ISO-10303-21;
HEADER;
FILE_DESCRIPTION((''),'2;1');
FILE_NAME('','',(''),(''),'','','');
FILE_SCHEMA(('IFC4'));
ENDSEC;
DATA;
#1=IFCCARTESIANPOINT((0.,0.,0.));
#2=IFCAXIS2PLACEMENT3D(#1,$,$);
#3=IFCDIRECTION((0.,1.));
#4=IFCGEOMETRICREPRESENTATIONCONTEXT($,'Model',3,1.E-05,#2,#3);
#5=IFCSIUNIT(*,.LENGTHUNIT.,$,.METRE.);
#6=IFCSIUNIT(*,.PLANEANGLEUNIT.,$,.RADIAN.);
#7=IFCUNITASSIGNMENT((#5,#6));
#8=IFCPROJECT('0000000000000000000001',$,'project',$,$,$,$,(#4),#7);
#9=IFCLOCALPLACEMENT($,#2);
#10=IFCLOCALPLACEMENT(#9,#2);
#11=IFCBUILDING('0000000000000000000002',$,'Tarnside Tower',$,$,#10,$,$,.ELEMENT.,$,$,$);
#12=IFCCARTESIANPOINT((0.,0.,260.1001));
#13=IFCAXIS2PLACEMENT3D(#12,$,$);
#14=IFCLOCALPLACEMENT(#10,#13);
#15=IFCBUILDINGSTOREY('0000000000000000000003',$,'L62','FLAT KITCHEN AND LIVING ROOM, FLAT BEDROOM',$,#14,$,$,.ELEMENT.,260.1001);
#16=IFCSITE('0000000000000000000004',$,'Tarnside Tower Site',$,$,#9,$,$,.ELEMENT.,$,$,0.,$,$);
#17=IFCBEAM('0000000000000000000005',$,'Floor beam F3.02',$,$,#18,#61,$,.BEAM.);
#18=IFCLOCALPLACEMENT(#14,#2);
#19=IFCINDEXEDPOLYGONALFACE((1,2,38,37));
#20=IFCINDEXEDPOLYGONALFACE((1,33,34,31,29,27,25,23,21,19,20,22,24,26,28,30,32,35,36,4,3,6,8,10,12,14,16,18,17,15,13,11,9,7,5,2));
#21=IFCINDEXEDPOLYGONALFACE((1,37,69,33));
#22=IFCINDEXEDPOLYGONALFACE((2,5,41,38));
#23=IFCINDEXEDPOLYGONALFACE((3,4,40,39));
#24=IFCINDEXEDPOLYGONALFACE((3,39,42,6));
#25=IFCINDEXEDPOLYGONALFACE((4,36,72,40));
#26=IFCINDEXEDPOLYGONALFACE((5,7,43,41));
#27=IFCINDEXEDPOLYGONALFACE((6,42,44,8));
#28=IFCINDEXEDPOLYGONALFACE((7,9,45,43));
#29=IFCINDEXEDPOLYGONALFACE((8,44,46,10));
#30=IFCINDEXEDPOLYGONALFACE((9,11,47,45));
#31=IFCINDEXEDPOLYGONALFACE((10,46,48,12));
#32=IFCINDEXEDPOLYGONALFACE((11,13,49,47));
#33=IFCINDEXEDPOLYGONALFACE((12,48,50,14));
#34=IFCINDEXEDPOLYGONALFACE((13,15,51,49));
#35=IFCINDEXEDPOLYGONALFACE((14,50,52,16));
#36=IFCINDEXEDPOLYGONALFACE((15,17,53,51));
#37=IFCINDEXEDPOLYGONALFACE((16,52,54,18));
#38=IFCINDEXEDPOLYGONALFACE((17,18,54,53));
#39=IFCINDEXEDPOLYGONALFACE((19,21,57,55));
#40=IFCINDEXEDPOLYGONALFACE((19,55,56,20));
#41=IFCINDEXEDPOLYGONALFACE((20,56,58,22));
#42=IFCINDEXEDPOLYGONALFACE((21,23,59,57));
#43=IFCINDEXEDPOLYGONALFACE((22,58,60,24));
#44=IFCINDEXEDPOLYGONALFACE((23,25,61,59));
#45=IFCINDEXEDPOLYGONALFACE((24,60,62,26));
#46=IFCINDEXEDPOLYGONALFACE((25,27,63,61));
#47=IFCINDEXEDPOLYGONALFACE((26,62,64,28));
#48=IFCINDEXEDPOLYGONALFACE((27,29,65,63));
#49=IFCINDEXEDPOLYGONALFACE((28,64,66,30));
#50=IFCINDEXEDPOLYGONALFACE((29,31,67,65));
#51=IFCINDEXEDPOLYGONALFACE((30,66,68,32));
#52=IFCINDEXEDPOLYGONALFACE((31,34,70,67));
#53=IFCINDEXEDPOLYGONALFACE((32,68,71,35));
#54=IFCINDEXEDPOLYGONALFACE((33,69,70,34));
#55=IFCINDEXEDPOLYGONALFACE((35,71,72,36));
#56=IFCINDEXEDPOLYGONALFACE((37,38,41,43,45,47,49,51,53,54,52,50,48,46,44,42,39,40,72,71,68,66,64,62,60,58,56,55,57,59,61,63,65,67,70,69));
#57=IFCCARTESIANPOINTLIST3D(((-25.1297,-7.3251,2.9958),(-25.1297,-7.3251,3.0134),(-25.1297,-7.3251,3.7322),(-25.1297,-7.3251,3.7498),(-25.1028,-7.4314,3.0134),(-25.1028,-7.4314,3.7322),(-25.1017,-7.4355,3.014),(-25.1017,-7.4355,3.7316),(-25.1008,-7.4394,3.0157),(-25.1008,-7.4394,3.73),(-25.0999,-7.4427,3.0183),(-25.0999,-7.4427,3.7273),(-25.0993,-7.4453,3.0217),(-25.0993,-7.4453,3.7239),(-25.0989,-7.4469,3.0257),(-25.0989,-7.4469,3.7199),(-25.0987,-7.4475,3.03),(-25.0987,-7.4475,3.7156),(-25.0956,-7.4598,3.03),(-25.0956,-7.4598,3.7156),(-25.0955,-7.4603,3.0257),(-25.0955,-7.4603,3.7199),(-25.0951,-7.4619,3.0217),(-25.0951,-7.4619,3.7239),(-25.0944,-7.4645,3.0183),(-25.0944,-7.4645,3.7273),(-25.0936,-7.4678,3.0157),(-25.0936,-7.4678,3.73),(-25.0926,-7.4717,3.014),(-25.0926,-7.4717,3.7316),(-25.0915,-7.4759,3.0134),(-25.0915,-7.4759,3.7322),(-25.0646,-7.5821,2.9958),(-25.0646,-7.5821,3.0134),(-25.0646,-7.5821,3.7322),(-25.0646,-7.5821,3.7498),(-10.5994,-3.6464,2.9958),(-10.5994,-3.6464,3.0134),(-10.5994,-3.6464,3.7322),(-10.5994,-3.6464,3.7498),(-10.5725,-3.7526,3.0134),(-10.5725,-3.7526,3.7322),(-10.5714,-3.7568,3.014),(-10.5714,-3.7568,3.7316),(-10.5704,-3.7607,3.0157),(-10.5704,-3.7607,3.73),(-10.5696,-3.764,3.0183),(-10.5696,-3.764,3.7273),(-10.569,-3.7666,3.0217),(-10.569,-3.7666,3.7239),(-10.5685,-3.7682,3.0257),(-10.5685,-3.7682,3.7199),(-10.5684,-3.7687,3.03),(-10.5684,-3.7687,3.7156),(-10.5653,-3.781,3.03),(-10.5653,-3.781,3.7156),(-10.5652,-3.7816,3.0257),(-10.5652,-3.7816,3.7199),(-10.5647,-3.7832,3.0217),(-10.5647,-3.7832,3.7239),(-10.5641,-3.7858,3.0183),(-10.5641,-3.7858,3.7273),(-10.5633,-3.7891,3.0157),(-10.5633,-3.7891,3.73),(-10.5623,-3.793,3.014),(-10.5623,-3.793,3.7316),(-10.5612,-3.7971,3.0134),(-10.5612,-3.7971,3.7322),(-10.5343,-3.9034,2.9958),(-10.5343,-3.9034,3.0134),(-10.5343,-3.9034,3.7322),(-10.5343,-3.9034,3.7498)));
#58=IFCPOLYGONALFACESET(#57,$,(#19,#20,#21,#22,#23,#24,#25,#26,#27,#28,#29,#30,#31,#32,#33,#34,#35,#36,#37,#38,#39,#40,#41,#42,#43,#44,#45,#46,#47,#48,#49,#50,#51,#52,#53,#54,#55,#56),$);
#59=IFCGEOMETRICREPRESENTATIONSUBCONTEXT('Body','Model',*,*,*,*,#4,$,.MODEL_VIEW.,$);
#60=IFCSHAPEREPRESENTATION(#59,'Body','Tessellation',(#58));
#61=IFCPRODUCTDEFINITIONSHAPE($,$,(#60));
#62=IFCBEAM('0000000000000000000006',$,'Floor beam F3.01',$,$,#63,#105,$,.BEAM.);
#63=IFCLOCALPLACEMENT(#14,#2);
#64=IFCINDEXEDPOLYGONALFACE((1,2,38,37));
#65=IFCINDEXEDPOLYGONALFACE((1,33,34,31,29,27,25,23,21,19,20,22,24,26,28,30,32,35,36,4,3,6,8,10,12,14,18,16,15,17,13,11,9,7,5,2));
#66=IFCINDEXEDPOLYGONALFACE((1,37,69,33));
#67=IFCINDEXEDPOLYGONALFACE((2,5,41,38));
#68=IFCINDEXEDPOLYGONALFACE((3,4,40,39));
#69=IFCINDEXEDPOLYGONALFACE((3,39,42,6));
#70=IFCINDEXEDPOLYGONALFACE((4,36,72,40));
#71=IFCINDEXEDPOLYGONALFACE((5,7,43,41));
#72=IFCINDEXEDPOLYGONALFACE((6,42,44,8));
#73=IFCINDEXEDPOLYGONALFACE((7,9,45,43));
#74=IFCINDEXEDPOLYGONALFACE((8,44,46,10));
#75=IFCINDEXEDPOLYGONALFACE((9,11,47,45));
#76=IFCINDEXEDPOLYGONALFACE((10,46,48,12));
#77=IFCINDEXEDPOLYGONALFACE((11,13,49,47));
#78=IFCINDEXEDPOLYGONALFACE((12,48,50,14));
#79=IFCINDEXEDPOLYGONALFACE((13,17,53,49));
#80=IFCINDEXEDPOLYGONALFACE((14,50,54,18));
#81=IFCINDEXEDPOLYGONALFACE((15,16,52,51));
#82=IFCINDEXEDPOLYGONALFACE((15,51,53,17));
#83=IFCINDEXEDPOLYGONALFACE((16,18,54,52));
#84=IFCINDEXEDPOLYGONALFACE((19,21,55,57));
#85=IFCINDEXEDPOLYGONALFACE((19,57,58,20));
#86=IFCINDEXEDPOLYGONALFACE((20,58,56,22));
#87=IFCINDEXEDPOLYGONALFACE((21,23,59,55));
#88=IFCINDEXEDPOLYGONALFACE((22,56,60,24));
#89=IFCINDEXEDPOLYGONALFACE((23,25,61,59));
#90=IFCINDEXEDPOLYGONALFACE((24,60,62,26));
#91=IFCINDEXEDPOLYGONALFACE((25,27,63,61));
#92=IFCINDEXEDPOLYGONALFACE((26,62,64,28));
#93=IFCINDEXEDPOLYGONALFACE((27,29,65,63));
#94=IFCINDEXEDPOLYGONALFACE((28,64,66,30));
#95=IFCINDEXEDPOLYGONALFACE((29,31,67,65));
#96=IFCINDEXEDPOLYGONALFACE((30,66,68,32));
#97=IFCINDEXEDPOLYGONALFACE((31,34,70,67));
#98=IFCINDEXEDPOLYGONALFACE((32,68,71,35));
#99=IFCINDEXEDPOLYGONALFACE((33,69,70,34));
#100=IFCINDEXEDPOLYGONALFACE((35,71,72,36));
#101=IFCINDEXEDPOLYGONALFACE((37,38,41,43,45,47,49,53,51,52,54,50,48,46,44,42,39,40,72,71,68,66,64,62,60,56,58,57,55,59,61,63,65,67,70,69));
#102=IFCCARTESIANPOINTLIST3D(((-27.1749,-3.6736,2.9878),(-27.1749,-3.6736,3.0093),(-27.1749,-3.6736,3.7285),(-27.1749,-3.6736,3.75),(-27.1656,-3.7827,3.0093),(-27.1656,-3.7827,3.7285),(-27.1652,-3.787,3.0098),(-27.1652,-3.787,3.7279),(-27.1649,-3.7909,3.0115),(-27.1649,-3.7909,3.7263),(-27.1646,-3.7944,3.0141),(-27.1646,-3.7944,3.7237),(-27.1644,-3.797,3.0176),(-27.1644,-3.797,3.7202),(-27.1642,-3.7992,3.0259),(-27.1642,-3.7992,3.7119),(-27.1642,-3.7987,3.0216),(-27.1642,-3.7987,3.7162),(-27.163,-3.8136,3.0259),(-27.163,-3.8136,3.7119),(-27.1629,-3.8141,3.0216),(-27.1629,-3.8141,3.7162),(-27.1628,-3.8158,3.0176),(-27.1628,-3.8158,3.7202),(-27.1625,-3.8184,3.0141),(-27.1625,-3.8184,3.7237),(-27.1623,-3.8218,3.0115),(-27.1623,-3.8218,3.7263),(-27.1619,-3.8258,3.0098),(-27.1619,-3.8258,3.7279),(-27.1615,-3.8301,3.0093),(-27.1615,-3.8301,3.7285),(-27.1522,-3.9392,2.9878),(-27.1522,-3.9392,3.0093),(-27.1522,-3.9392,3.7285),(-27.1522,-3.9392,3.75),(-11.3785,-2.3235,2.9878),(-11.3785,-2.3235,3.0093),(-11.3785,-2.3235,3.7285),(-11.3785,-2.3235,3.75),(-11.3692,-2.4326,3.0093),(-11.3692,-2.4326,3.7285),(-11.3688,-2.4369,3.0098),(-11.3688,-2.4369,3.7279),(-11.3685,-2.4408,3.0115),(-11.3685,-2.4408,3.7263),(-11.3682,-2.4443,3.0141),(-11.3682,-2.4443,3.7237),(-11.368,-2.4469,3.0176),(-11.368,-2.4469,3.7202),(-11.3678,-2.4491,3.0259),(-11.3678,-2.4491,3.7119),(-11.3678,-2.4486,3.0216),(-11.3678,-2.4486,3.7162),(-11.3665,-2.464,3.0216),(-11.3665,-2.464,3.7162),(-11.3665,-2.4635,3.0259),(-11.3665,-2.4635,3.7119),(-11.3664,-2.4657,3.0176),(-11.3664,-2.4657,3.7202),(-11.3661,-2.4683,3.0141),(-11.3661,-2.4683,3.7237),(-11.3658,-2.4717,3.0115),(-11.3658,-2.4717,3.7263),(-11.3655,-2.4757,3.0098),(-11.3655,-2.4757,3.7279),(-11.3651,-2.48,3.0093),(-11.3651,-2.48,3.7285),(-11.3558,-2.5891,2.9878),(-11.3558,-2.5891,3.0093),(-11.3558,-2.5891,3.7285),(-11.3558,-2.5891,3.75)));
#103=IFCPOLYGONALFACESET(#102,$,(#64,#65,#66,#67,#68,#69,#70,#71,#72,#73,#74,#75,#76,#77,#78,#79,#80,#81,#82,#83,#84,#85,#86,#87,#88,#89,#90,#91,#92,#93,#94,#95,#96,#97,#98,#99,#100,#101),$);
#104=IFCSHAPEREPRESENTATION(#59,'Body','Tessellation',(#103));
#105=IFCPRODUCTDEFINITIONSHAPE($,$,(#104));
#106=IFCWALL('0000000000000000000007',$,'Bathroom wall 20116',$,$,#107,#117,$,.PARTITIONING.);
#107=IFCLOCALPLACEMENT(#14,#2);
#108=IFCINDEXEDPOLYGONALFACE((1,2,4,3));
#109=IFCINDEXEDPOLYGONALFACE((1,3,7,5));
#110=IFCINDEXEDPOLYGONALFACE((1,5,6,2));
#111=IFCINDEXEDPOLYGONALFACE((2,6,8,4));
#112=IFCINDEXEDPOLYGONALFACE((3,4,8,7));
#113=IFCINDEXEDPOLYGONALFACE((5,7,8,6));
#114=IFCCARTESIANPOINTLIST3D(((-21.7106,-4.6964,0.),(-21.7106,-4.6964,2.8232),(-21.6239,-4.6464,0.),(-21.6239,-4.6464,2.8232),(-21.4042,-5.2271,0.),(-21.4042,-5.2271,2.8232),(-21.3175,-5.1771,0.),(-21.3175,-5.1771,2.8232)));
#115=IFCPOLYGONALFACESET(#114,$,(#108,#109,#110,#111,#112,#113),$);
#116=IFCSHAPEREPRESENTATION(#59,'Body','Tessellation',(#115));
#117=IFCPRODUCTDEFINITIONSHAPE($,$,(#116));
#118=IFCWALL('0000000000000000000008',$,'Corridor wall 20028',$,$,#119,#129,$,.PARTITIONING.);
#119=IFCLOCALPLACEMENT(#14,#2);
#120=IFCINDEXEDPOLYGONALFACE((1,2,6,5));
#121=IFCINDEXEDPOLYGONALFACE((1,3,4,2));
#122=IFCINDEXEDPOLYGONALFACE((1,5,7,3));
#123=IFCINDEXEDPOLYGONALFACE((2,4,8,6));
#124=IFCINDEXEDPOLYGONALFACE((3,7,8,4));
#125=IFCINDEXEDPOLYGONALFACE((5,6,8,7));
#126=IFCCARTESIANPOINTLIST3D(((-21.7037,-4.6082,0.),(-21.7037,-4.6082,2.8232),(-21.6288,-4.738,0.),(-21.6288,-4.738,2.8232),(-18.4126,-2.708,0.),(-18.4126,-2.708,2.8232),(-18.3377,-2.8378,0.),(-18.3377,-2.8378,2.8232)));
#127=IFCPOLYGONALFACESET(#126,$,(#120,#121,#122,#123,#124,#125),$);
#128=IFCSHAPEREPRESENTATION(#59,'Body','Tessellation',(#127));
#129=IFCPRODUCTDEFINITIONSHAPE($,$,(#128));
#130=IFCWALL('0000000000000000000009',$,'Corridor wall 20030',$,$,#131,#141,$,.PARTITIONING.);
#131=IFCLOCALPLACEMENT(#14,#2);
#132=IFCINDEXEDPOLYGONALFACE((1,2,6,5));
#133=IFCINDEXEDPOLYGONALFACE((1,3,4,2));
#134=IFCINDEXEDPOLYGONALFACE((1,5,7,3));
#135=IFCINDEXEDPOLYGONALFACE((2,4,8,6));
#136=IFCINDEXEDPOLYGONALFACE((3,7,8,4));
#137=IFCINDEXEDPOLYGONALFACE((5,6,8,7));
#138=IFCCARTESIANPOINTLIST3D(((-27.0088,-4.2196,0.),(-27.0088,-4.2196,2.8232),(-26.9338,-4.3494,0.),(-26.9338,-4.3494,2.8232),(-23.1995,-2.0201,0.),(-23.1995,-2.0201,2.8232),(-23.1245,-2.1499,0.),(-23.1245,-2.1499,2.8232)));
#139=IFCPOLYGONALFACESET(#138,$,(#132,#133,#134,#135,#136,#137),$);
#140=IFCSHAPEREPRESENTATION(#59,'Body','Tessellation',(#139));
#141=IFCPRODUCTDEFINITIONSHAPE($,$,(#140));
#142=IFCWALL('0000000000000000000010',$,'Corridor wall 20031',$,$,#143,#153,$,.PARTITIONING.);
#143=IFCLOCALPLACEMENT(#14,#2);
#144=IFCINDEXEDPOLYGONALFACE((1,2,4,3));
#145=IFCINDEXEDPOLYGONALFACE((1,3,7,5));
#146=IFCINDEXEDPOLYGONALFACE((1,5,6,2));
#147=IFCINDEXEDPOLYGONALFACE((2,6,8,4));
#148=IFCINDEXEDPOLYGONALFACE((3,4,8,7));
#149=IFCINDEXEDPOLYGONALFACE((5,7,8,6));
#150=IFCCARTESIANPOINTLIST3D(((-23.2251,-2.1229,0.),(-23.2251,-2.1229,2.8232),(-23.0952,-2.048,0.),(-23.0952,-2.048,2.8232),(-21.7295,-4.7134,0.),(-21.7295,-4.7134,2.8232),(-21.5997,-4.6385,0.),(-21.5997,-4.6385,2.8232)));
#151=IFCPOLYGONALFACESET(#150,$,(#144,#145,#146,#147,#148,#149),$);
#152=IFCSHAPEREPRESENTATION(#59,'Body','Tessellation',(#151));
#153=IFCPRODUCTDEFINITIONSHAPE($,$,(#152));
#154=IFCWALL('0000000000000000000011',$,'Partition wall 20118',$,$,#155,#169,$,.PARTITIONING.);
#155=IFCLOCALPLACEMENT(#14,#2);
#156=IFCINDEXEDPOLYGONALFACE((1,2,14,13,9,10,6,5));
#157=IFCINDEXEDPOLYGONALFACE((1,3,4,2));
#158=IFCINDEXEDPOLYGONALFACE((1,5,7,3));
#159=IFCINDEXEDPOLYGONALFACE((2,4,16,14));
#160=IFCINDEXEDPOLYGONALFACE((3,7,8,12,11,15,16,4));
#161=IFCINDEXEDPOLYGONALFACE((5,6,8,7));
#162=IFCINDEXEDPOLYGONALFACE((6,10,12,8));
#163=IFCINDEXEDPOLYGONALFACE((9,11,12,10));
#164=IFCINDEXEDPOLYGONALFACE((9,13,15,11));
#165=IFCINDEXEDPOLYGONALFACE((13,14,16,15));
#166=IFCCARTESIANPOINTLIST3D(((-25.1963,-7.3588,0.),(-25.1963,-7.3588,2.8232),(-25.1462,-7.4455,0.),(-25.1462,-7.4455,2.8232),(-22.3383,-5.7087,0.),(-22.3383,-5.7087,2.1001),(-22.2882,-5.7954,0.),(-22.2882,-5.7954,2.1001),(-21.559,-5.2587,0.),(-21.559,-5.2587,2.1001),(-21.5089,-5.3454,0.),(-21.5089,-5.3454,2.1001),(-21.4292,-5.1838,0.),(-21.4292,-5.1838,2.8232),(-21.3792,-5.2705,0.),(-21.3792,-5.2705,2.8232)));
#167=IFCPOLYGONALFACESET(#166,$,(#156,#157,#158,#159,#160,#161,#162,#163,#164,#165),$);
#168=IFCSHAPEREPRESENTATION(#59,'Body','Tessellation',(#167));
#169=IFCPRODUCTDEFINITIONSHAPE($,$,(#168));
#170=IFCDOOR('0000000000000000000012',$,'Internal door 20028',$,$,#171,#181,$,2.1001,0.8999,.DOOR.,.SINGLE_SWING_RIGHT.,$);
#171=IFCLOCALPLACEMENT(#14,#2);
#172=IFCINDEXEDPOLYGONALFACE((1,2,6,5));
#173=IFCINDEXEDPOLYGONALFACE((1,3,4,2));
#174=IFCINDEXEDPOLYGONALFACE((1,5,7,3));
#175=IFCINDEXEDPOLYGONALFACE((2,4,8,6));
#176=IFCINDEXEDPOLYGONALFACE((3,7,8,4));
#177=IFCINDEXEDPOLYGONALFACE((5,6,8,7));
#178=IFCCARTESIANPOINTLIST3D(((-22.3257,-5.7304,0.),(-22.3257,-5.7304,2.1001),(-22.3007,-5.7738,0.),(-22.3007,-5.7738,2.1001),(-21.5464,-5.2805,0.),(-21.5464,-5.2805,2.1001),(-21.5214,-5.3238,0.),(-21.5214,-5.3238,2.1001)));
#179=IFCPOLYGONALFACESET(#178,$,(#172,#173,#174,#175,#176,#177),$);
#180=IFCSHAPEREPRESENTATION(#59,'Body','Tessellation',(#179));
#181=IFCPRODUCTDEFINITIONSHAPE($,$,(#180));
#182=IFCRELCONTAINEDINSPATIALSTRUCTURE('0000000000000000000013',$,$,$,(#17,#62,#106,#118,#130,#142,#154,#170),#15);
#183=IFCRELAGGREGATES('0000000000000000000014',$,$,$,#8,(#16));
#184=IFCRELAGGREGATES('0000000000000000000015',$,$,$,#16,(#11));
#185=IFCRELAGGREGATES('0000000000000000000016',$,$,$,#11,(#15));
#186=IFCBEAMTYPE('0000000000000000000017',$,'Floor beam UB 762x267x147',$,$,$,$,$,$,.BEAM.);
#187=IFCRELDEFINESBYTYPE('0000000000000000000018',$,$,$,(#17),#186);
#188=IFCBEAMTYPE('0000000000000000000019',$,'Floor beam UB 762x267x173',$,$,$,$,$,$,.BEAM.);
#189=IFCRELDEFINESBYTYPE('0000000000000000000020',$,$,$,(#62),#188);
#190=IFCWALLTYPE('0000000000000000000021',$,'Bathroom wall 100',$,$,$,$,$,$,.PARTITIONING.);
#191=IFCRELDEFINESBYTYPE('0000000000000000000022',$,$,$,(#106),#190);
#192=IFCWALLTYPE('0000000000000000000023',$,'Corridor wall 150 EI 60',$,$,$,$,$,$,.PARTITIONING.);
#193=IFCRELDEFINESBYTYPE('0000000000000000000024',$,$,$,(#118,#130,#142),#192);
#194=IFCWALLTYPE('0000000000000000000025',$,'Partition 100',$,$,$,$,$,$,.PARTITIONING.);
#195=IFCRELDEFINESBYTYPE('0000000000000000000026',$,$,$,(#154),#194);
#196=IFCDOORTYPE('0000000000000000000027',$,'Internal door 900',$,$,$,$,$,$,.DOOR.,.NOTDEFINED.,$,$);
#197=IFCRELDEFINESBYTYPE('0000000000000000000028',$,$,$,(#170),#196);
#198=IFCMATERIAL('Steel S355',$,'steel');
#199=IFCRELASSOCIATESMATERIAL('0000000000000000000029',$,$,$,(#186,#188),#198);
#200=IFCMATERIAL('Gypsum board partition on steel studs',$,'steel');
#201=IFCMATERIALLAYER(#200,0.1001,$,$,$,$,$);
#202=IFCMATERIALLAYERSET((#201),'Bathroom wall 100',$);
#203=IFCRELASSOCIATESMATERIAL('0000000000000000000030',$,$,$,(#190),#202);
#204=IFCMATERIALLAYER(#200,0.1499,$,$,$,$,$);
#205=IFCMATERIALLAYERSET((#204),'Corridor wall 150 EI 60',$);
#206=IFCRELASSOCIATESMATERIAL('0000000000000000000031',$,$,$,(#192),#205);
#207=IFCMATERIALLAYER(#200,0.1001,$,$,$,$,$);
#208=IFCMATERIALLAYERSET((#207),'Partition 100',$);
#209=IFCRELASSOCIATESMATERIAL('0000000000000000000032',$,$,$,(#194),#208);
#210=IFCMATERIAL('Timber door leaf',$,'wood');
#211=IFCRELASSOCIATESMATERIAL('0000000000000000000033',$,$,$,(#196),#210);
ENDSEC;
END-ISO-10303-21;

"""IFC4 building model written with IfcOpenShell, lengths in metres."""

from ifc_helpers import new_model, si_unit, direction, frame, frame_2d, origin, origin_2d, place, context, subcontext, project, spatial, rectangle, i_section, extrude, material, layer, layer_set, material_profile, profile_set, type_object, element, fill, save


model = new_model("IFC4")

# Units and contexts
model_context = context("Model", 3, precision=1e-05, world=origin(), true_north=direction((0.0, 1.0)))
body_context = subcontext(model_context, "Body", "Model", "MODEL_VIEW")
ifc_project = project(units=[si_unit("LENGTHUNIT", "METRE"), si_unit("PLANEANGLEUNIT", "RADIAN")], contexts=[model_context])

# Site, building, storey
site_placement = place(None, origin())
site = spatial("IfcSite", under=ifc_project, at=site_placement, Name="Tarnside Tower Site", CompositionType="ELEMENT", RefElevation=0.0)
building_placement = place(site_placement, origin())
building = spatial("IfcBuilding", under=site, at=building_placement, Name="Tarnside Tower", CompositionType="ELEMENT")
storey_placement = place(building_placement, frame((0.0, 0.0, 260.1001)))
storey = spatial("IfcBuildingStorey", under=building, at=storey_placement, Name="L62", Description="FLAT KITCHEN AND LIVING ROOM, FLAT BEDROOM", CompositionType="ELEMENT", Elevation=260.1001)

# Beams
ifc_material_1 = material(Name="Steel S355", Category="steel")
ifc_material_profile_1 = material_profile(ifc_material_1, i_section(OverallWidth=0.2651, OverallDepth=0.7539, WebThickness=0.0127, FlangeThickness=0.0176, FilletRadius=0.0166, at=origin_2d()), Name="UB 762x267x147")
ifc_profile_set_1 = profile_set([ifc_material_profile_1], Name="Steel S355")
beam_type_1 = type_object("IfcBeamType", Name="Floor beam UB 762x267x147", PredefinedType="BEAM", material=ifc_profile_set_1)
beam_1_placement = place(storey_placement, frame((-25.0972, -7.4536, 3.3728), z_axis=(0.969414, 0.245432, 0.0), x_axis=(-0.245432, 0.969414, 0.0)))
element("IfcBeam", 1, at=beam_1_placement, inside=storey, type_object=beam_type_1, Name="Floor beam F3.02", PredefinedType="BEAM", context=body_context, shape_type="SweptSolid", body=[
    extrude(i_section(OverallWidth=0.2651, OverallDepth=0.7539, WebThickness=0.0127, FlangeThickness=0.0176, FilletRadius=0.0166, at=origin_2d()), origin(), (0.0, 0.0, 1.0), 14.9888),
])
ifc_material_profile_2 = material_profile(ifc_material_1, i_section(OverallWidth=0.2666, OverallDepth=0.7622, WebThickness=0.0144, FlangeThickness=0.0215, FilletRadius=0.0166, at=origin_2d()), Name="UB 762x267x173")
ifc_profile_set_2 = profile_set([ifc_material_profile_2], Name="Steel S355")
beam_type_2 = type_object("IfcBeamType", Name="Floor beam UB 762x267x173", PredefinedType="BEAM", material=ifc_profile_set_2)
beam_2_placement = place(storey_placement, frame((-27.1636, -3.8064, 3.3689), z_axis=(0.996367, 0.085158, 0.0), x_axis=(-0.085158, 0.996367, 0.0)))
element("IfcBeam", 2, at=beam_2_placement, inside=storey, type_object=beam_type_2, Name="Floor beam F3.01", PredefinedType="BEAM", context=body_context, shape_type="SweptSolid", body=[
    extrude(i_section(OverallWidth=0.2666, OverallDepth=0.7622, WebThickness=0.0144, FlangeThickness=0.0215, FilletRadius=0.0166, at=origin_2d()), origin(), (0.0, 0.0, 1.0), 15.854),
])

# Walls
ifc_material_2 = material(Name="Gypsum board partition on steel studs", Category="steel")
ifc_layer_1 = layer(ifc_material_2, 0.1001)
ifc_layer_set_1 = layer_set([ifc_layer_1], Name="Bathroom wall 100")
wall_type_1 = type_object("IfcWallType", Name="Bathroom wall 100", PredefinedType="PARTITIONING", material=ifc_layer_set_1)
wall_1_placement = place(storey_placement, frame((-21.6672, -4.6714, 0.0), z_axis=(0.0, 0.0, 1.0), x_axis=(0.499952, -0.866053, 0.0)))
element("IfcWall", 3, at=wall_1_placement, inside=storey, type_object=wall_type_1, Name="Bathroom wall 20116", PredefinedType="PARTITIONING", context=body_context, shape_type="SweptSolid", body=[
    extrude(rectangle(XDim=0.6128, YDim=0.1001, at=frame_2d((0.3064, 0.0))), origin(), (0.0, 0.0, 1.0), 2.8232),
])
ifc_layer_2 = layer(ifc_material_2, 0.1499)
ifc_layer_set_2 = layer_set([ifc_layer_2], Name="Corridor wall 150 EI 60")
wall_type_2 = type_object("IfcWallType", Name="Corridor wall 150 EI 60", PredefinedType="PARTITIONING", material=ifc_layer_set_2)
wall_2_placement = place(storey_placement, frame((-21.6663, -4.6731, 0.0), z_axis=(0.0, 0.0, 1.0), x_axis=(0.866017, 0.500015, 0.0)))
element("IfcWall", 4, at=wall_2_placement, inside=storey, type_object=wall_type_2, Name="Corridor wall 20028", PredefinedType="PARTITIONING", context=body_context, shape_type="SweptSolid", body=[
    extrude(rectangle(XDim=3.8003, YDim=0.1499, at=frame_2d((1.9001, 0.0))), origin(), (0.0, 0.0, 1.0), 2.8232),
])
wall_3_placement = place(storey_placement, frame((-26.9712, -4.2844, 0.0), z_axis=(0.0, 0.0, 1.0), x_axis=(0.866011, 0.500025, 0.0)))
element("IfcWall", 5, at=wall_3_placement, inside=storey, type_object=wall_type_2, Name="Corridor wall 20030", PredefinedType="PARTITIONING", context=body_context, shape_type="SweptSolid", body=[
    extrude(rectangle(XDim=4.3987, YDim=0.1499, at=frame_2d((2.1992, 0.0))), origin(), (0.0, 0.0, 1.0), 2.8232),
])
wall_4_placement = place(storey_placement, frame((-23.1602, -2.0854, 0.0), z_axis=(0.0, 0.0, 1.0), x_axis=(0.499984, -0.866035, 0.0)))
element("IfcWall", 6, at=wall_4_placement, inside=storey, type_object=wall_type_2, Name="Corridor wall 20031", PredefinedType="PARTITIONING", context=body_context, shape_type="SweptSolid", body=[
    extrude(rectangle(XDim=2.9912, YDim=0.1499, at=frame_2d((1.4956, 0.0))), origin(), (0.0, 0.0, 1.0), 2.8232),
])

# Wall, opening, door
ifc_layer_3 = layer(ifc_material_2, 0.1001)
ifc_layer_set_3 = layer_set([ifc_layer_3], Name="Partition 100")
wall_type_3 = type_object("IfcWallType", Name="Partition 100", PredefinedType="PARTITIONING", material=ifc_layer_set_3)
wall_5_placement = place(storey_placement, frame((-25.1711, -7.4021, 0.0), z_axis=(0.0, 0.0, 1.0), x_axis=(0.866014, 0.50002, 0.0)))
wall_5 = element("IfcWall", 7, at=wall_5_placement, inside=storey, type_object=wall_type_3, Name="Partition wall 20118", PredefinedType="PARTITIONING", context=body_context, shape_type="SweptSolid", body=[
    extrude(rectangle(XDim=4.3499, YDim=0.1001, at=frame_2d((2.1748, 0.0))), origin(), (0.0, 0.0, 1.0), 2.8232),
])
opening_1_placement = place(wall_5_placement, frame((3.3, 0.0, 0.0)))
opening_1 = element("IfcOpeningElement", 8, at=opening_1_placement, cuts=wall_5, PredefinedType="OPENING", context=body_context, shape_type="SweptSolid", body=[
    extrude(rectangle(XDim=0.8999, YDim=2.1001, at=frame_2d((0.45, 1.05))), frame((0.0, 0.0601, 0.0), z_axis=(0.0, -1.0, 0.0), x_axis=(1.0, 0.0, 0.0)), (0.0, 0.0, 1.0), 0.1201),
])
ifc_material_3 = material(Name="Timber door leaf", Category="wood")
door_type = type_object("IfcDoorType", Name="Internal door 900", OperationType="NOTDEFINED", PredefinedType="DOOR", material=ifc_material_3)
door_placement = place(opening_1_placement, origin())
door = element("IfcDoor", 9, at=door_placement, inside=storey, type_object=door_type, Name="Internal door 20028", OperationType="SINGLE_SWING_RIGHT", OverallHeight=2.1001, OverallWidth=0.8999, PredefinedType="DOOR", context=body_context, shape_type="SweptSolid", body=[
    extrude(rectangle(XDim=0.8999, YDim=2.1001, at=frame_2d((0.45, 1.05))), frame((0.0, 0.0249, 0.0), z_axis=(0.0, -1.0, 0.0), x_axis=(1.0, 0.0, 0.0)), (0.0, 0.0, 1.0), 0.05),
])
fill(opening_1, door)

save(model, "model.ifc")
